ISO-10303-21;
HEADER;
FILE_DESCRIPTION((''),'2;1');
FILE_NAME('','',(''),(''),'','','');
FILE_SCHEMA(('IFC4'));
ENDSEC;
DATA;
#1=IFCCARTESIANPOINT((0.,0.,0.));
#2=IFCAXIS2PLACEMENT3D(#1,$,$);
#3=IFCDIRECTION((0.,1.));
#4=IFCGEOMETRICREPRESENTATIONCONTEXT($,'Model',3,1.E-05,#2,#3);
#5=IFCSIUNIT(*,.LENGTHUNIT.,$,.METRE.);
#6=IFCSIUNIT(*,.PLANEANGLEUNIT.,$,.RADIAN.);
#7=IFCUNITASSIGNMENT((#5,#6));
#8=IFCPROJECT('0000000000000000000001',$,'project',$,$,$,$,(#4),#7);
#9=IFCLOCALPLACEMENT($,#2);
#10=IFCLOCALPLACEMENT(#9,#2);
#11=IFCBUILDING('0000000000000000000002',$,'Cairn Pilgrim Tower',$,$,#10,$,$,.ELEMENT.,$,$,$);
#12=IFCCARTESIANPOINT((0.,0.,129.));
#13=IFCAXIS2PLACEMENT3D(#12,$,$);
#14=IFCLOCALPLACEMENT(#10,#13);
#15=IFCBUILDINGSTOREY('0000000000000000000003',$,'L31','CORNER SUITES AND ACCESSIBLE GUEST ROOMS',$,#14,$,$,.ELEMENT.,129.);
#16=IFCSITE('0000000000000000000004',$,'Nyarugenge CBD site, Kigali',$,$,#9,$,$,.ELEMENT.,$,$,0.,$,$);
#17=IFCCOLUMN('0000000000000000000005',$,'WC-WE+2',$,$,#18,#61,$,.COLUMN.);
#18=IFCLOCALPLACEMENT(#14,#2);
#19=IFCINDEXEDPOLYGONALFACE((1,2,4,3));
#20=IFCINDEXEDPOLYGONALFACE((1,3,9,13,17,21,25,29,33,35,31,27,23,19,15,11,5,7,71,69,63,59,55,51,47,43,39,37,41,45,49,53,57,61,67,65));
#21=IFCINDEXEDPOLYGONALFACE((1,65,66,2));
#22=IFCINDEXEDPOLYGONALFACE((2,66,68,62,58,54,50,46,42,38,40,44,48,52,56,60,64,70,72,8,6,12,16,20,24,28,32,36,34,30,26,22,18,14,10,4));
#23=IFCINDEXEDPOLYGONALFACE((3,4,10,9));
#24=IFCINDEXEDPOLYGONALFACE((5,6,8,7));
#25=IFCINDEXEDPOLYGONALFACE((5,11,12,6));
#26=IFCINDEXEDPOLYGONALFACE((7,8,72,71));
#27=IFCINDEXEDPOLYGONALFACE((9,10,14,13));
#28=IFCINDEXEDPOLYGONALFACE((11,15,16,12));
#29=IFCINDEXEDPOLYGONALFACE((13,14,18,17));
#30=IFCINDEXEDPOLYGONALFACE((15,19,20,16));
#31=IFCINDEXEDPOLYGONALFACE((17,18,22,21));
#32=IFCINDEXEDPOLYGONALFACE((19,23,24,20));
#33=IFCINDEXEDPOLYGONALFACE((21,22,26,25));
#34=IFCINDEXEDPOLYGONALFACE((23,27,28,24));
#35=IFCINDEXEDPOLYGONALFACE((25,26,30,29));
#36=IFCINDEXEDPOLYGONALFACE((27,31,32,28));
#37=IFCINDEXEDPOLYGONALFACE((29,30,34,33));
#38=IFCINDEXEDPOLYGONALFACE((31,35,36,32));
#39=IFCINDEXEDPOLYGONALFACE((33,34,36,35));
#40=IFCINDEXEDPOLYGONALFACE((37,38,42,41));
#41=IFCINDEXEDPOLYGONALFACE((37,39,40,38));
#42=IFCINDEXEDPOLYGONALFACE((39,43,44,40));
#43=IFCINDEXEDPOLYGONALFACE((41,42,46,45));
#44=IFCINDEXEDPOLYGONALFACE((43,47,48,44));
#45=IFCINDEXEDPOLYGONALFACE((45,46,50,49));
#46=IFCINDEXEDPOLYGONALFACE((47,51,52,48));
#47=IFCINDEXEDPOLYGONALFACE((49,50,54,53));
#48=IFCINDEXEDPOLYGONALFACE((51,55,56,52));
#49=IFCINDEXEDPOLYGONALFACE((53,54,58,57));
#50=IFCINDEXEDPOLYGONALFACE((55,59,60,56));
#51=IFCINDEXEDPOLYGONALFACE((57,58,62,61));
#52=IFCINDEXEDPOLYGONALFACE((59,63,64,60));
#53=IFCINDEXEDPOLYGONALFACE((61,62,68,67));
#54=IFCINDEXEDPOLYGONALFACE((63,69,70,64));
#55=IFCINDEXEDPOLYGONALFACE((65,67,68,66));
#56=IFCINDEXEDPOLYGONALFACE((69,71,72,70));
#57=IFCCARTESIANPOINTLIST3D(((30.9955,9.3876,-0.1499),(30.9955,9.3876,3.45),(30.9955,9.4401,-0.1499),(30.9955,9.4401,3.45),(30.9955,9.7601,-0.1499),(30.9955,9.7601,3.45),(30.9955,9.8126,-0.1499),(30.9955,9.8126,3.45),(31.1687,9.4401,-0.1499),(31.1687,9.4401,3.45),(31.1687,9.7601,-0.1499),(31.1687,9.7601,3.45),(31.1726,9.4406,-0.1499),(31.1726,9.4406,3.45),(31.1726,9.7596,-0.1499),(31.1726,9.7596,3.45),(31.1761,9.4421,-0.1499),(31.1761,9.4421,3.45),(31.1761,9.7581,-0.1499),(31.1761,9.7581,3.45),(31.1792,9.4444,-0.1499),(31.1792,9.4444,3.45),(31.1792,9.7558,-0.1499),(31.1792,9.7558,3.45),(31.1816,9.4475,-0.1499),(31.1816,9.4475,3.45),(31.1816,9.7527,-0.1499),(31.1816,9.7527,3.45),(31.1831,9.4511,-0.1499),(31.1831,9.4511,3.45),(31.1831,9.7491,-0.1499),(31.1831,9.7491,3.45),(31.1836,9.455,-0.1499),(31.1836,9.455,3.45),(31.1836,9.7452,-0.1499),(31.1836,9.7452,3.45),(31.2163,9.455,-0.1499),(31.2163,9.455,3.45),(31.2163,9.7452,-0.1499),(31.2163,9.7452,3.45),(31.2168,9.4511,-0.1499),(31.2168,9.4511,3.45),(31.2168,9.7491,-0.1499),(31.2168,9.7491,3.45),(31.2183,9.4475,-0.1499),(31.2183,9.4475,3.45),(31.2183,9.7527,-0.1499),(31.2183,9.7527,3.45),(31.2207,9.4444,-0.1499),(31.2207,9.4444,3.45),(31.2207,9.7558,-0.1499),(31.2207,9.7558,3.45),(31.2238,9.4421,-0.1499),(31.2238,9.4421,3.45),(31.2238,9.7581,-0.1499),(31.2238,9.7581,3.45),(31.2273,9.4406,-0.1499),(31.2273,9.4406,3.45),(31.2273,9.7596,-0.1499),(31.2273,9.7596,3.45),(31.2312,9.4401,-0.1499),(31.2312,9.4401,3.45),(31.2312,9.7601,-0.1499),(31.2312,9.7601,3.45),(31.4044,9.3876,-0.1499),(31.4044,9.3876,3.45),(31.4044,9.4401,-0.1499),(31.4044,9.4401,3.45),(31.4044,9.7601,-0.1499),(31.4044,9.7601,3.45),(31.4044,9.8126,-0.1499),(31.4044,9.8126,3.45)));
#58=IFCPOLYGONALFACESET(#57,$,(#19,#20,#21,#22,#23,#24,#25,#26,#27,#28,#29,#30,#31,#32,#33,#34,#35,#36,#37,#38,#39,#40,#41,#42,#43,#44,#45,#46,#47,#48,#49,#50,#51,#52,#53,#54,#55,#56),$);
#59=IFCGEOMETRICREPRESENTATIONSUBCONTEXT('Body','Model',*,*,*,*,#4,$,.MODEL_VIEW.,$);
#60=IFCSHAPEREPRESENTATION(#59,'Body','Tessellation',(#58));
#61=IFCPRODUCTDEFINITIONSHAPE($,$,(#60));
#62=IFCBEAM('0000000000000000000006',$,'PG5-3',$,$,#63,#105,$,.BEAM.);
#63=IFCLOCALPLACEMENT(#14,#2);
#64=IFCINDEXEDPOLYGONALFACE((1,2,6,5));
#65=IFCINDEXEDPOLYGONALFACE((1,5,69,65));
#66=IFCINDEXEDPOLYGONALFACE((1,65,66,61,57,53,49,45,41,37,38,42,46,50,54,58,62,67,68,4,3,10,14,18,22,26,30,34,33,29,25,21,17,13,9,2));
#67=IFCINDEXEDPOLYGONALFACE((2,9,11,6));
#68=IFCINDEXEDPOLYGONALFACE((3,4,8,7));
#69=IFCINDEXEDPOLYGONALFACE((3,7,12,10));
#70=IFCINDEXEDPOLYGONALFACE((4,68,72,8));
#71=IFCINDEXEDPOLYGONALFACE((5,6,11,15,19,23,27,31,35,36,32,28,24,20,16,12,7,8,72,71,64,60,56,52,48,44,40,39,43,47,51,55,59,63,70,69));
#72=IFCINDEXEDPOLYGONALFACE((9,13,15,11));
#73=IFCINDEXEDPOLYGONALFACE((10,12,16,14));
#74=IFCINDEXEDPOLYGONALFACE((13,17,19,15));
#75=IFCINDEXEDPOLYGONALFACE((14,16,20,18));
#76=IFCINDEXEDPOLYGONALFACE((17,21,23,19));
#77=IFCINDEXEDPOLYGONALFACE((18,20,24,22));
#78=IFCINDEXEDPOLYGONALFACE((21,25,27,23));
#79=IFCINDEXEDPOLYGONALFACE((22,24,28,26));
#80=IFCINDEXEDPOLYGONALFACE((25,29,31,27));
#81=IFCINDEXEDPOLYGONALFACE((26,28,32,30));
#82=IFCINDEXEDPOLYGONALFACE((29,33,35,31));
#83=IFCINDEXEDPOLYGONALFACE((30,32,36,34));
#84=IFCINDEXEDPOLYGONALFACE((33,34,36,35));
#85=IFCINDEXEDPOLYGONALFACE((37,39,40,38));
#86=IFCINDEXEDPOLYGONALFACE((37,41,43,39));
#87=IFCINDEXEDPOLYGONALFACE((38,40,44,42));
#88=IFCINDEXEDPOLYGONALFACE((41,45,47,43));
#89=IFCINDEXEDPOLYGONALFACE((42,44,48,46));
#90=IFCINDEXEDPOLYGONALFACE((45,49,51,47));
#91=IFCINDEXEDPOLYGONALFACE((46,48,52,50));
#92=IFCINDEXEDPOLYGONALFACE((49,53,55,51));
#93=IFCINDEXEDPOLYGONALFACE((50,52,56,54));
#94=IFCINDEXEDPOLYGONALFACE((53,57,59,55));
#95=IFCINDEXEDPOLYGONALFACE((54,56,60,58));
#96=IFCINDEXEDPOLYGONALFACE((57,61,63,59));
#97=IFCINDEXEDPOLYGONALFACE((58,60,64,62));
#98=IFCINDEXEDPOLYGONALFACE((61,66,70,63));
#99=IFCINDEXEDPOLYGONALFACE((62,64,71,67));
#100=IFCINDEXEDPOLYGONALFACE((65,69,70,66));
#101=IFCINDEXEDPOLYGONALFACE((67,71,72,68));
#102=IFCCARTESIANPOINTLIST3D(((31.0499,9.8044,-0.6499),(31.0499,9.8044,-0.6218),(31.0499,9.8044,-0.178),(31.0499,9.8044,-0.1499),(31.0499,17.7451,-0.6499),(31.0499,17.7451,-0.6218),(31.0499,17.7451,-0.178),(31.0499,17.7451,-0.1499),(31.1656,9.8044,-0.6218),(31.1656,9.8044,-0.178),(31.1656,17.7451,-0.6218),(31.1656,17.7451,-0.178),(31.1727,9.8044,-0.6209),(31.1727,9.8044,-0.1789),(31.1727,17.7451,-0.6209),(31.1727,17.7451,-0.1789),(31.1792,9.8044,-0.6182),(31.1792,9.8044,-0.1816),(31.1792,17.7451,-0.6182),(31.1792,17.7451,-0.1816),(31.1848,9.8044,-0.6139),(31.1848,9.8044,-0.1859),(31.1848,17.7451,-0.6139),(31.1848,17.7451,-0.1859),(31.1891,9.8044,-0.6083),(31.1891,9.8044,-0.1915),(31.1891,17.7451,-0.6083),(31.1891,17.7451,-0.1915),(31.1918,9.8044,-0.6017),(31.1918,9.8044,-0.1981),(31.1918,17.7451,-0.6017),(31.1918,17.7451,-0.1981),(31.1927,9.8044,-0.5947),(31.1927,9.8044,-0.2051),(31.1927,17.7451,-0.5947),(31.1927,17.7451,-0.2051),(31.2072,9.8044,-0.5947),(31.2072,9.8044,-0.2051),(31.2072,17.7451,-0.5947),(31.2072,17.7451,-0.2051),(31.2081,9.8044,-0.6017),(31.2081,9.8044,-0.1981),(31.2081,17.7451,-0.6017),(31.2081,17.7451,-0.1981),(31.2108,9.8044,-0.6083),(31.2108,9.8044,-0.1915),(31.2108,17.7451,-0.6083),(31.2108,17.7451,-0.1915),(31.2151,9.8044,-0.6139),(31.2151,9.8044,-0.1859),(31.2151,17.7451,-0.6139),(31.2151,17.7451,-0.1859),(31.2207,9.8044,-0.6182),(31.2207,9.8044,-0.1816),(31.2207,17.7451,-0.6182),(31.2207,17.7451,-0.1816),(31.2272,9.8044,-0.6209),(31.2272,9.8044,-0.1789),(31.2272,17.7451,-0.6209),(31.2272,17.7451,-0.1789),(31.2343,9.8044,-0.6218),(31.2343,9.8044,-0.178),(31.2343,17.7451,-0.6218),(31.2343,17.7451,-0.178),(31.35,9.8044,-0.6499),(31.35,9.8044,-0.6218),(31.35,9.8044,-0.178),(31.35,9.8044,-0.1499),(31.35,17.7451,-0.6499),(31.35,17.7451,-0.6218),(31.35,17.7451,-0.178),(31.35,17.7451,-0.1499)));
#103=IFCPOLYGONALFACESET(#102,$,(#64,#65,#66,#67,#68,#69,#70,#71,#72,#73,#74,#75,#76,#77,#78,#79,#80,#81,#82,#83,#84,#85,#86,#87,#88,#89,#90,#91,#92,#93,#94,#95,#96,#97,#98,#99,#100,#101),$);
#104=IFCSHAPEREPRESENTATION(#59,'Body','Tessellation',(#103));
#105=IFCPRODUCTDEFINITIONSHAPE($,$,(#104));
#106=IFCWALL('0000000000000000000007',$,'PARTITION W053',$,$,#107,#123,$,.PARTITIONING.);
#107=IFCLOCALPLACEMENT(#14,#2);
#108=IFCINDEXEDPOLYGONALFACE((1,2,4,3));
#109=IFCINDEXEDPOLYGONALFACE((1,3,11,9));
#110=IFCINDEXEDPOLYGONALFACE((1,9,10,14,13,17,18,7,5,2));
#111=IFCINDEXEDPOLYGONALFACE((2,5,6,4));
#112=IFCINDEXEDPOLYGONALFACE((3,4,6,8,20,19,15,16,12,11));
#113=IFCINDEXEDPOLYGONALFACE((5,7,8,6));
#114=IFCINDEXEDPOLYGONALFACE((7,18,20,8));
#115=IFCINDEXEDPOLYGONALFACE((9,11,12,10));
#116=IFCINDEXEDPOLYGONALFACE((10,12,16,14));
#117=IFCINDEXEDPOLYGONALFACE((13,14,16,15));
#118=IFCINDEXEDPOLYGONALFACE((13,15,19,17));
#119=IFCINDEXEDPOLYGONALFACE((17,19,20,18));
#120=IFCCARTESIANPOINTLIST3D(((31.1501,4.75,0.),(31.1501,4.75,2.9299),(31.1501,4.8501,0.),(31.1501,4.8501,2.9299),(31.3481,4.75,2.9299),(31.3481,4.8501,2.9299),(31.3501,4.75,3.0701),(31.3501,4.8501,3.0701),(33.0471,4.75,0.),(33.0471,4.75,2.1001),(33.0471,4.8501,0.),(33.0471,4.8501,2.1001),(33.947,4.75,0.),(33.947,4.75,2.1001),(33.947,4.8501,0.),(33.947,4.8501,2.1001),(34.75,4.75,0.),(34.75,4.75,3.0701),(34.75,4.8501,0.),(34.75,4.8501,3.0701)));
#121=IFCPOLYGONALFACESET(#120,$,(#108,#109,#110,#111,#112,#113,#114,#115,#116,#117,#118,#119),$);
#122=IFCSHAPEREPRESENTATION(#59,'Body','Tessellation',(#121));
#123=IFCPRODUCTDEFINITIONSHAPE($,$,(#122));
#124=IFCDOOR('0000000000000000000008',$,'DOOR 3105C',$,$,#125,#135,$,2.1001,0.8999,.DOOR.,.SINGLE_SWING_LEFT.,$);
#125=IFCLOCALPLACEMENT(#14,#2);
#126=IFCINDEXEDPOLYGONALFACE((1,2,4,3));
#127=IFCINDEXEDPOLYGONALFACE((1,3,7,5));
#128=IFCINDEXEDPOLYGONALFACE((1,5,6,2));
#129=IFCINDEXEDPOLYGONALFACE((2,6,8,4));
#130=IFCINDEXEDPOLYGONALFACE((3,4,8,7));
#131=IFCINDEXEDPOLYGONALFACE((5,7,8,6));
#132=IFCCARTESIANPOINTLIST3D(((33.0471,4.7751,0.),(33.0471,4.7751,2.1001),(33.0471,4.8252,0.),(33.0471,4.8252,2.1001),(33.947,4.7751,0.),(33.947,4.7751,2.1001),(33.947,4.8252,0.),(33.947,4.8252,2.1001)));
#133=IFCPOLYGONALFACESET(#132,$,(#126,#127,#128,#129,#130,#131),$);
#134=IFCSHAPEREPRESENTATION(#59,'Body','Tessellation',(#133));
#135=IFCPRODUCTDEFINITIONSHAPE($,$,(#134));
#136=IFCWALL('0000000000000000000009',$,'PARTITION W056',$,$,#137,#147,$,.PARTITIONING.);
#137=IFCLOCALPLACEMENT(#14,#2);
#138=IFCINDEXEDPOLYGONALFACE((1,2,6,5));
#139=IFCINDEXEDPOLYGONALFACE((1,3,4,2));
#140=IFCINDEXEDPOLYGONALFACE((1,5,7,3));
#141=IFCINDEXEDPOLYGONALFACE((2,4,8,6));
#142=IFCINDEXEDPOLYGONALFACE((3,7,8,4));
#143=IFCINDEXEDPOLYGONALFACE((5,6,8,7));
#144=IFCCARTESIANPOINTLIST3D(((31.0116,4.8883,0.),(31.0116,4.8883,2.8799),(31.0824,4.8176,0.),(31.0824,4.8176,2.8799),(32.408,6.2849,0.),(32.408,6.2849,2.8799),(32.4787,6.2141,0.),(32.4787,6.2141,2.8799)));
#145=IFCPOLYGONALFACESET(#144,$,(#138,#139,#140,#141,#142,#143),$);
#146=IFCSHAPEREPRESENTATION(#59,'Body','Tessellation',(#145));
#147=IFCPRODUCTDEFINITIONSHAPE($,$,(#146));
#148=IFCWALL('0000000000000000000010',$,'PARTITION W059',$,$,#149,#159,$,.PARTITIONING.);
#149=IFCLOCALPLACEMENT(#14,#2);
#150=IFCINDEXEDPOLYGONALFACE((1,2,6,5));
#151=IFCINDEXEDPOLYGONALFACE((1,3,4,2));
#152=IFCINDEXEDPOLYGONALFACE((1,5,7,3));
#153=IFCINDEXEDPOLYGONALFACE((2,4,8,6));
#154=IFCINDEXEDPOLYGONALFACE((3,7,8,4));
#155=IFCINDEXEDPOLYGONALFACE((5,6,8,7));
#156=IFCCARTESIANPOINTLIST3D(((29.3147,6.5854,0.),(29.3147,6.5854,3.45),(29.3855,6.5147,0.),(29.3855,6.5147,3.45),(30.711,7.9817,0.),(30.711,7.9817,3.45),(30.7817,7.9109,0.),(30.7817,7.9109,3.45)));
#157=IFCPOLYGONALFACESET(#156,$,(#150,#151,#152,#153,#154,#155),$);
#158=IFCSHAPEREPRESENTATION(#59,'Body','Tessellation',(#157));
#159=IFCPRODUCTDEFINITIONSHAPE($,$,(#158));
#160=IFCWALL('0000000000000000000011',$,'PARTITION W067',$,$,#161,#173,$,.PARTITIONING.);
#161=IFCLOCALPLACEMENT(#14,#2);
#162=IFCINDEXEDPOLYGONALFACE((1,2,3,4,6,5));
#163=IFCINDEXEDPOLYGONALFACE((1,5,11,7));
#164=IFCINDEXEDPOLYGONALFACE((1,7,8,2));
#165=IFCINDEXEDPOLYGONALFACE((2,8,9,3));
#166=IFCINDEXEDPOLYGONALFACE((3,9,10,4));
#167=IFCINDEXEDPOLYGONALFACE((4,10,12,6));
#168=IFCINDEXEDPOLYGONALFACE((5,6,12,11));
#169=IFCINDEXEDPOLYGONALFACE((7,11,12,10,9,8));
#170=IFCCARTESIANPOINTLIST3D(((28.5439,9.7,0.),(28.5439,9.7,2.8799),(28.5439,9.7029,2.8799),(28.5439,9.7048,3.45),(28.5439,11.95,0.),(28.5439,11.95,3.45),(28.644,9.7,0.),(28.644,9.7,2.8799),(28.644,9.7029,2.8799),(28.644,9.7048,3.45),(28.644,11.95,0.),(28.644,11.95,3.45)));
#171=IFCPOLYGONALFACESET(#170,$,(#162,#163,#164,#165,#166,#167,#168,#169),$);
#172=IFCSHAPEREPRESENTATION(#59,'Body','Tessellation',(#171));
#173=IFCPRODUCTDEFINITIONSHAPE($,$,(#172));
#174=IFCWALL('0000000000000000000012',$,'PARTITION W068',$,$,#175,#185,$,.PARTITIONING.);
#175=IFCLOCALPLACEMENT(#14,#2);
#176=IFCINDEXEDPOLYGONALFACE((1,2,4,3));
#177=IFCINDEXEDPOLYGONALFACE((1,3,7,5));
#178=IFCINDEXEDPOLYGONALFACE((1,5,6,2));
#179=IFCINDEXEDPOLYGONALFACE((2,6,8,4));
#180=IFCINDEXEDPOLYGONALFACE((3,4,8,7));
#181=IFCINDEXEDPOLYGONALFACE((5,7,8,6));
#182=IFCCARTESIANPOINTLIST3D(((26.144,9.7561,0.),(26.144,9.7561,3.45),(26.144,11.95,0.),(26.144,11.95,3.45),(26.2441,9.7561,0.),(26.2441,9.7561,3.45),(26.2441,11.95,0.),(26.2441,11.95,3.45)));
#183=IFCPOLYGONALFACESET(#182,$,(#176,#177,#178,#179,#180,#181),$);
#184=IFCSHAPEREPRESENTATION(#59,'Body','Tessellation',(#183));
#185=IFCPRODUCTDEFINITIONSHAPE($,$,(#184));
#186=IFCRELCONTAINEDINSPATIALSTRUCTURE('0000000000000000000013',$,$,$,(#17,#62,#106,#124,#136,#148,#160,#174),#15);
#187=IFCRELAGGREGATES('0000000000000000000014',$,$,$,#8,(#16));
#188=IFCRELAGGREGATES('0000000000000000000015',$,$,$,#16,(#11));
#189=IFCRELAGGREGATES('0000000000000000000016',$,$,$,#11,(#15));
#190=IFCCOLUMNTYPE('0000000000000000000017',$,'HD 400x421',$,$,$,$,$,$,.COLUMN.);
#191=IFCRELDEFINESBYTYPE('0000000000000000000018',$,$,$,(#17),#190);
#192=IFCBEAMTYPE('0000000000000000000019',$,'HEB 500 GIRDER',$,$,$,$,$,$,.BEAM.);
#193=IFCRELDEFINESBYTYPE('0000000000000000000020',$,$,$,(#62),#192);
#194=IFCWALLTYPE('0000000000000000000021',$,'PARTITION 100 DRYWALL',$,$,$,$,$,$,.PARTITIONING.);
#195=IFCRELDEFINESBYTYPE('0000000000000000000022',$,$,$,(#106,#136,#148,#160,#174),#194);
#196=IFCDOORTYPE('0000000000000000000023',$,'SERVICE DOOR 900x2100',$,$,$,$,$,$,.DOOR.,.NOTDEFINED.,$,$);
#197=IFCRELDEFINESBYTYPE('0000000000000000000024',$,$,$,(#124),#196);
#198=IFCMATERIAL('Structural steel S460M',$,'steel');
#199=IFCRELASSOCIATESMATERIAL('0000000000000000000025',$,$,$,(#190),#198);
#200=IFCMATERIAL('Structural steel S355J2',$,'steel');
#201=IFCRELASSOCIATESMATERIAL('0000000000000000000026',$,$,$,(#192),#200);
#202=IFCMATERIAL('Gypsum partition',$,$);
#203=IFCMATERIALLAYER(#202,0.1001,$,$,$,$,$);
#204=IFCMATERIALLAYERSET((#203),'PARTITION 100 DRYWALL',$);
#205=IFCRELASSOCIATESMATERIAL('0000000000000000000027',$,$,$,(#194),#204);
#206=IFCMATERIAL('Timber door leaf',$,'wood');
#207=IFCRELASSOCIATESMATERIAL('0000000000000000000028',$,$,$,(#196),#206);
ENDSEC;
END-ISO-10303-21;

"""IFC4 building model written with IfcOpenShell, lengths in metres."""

from ifc_helpers import new_model, si_unit, direction, frame, frame_2d, origin, origin_2d, place, context, subcontext, project, spatial, polyline, rectangle, i_section, outline, extrude, material, layer, layer_set, material_profile, profile_set, type_object, element, fill, save


model = new_model("IFC4")

# Units and contexts
model_context = context("Model", 3, precision=1e-05, world=origin(), true_north=direction((0.0, 1.0)))
body_context = subcontext(model_context, "Body", "Model", "MODEL_VIEW")
ifc_project = project(units=[si_unit("LENGTHUNIT", "METRE"), si_unit("PLANEANGLEUNIT", "RADIAN")], contexts=[model_context])

# Site, building, storey
site_placement = place(None, origin())
site = spatial("IfcSite", under=ifc_project, at=site_placement, Name="Nyarugenge CBD site, Kigali", CompositionType="ELEMENT", RefElevation=0.0)
building_placement = place(site_placement, origin())
building = spatial("IfcBuilding", under=site, at=building_placement, Name="Cairn Pilgrim Tower", CompositionType="ELEMENT")
storey_placement = place(building_placement, frame((0.0, 0.0, 129.0)))
storey = spatial("IfcBuildingStorey", under=building, at=storey_placement, Name="L31", Description="CORNER SUITES AND ACCESSIBLE GUEST ROOMS", CompositionType="ELEMENT", Elevation=129.0)

# Column
ifc_material_1 = material(Name="Structural steel S460M", Category="steel")
ifc_material_profile_1 = material_profile(ifc_material_1, i_section(OverallWidth=0.4089, OverallDepth=0.425, WebThickness=0.0327, FlangeThickness=0.0525, FilletRadius=0.0149, at=origin_2d()), Name="HD 400x421")
ifc_profile_set_1 = profile_set([ifc_material_profile_1], Name="Structural steel S460M")
column_type = type_object("IfcColumnType", Name="HD 400x421", PredefinedType="COLUMN", material=ifc_profile_set_1)
column_placement = place(storey_placement, frame((31.2, 9.6001, -0.1499), z_axis=(0.0, 0.0, 1.0), x_axis=(1.0, 0.0, 0.0)))
element("IfcColumn", 1, at=column_placement, inside=storey, type_object=column_type, Name="WC-WE+2", PredefinedType="COLUMN", context=body_context, shape_type="SweptSolid", body=[
    extrude(i_section(OverallWidth=0.4089, OverallDepth=0.425, WebThickness=0.0327, FlangeThickness=0.0525, FilletRadius=0.0149, at=origin_2d()), origin(), (0.0, 0.0, 1.0), 3.5999),
])

# Beam
ifc_material_2 = material(Name="Structural steel S355J2", Category="steel")
ifc_material_profile_2 = material_profile(ifc_material_2, i_section(OverallWidth=0.3, OverallDepth=0.5, WebThickness=0.0144, FlangeThickness=0.0281, FilletRadius=0.0271, at=origin_2d()), Name="HEB 500")
ifc_profile_set_2 = profile_set([ifc_material_profile_2], Name="Structural steel S355J2")
beam_type = type_object("IfcBeamType", Name="HEB 500 GIRDER", PredefinedType="BEAM", material=ifc_profile_set_2)
beam_placement = place(storey_placement, frame((31.2, 9.8044, -0.3999), z_axis=(0.0, 1.0, 0.0), x_axis=(-1.0, 0.0, 0.0)))
element("IfcBeam", 2, at=beam_placement, inside=storey, type_object=beam_type, Name="PG5-3", PredefinedType="BEAM", context=body_context, shape_type="SweptSolid", body=[
    extrude(i_section(OverallWidth=0.3, OverallDepth=0.5, WebThickness=0.0144, FlangeThickness=0.0281, FilletRadius=0.0271, at=origin_2d()), origin(), (0.0, 0.0, 1.0), 7.9407),
])

# Wall, opening, door
ifc_material_3 = material(Name="Gypsum partition")
ifc_layer_1 = layer(ifc_material_3, 0.1001)
ifc_layer_set_1 = layer_set([ifc_layer_1], Name="PARTITION 100 DRYWALL")
wall_type_1 = type_object("IfcWallType", Name="PARTITION 100 DRYWALL", PredefinedType="PARTITIONING", material=ifc_layer_set_1)
wall_1_placement = place(storey_placement, frame((31.1501, 4.8, 0.0), z_axis=(0.0, 0.0, 1.0), x_axis=(1.0, 0.0, 0.0)))
wall_1 = element("IfcWall", 3, at=wall_1_placement, inside=storey, type_object=wall_type_1, Name="PARTITION W053", PredefinedType="PARTITIONING", context=body_context, shape_type="SweptSolid", body=[
    extrude(outline(polyline([(0.0, 0.0), (3.5999, 0.0), (3.5999, 3.0701), (0.2, 3.0701), (0.198, 2.9299), (0.0, 2.9299), (0.0, 0.0)])), frame((0.0, 0.05, 0.0), z_axis=(0.0, -1.0, 0.0), x_axis=(1.0, 0.0, 0.0)), (0.0, 0.0, 1.0), 0.1001),
])
opening_1_placement = place(wall_1_placement, frame((1.897, 0.0, 0.0)))
opening_1 = element("IfcOpeningElement", 4, at=opening_1_placement, cuts=wall_1, PredefinedType="OPENING", context=body_context, shape_type="SweptSolid", body=[
    extrude(rectangle(XDim=0.8999, YDim=2.1001, at=frame_2d((0.45, 1.05))), frame((0.0, 0.0601, 0.0), z_axis=(0.0, -1.0, 0.0), x_axis=(1.0, 0.0, 0.0)), (0.0, 0.0, 1.0), 0.1201),
])
ifc_material_4 = material(Name="Timber door leaf", Category="wood")
door_type_1 = type_object("IfcDoorType", Name="SERVICE DOOR 900x2100", OperationType="NOTDEFINED", PredefinedType="DOOR", material=ifc_material_4)
door_1_placement = place(opening_1_placement, frame((0.8999, 0.0, 0.0), z_axis=(0.0, 0.0, 1.0), x_axis=(-1.0, 0.0, 0.0)))
door_1 = element("IfcDoor", 5, at=door_1_placement, inside=storey, type_object=door_type_1, Name="DOOR 3105C", OperationType="SINGLE_SWING_LEFT", OverallHeight=2.1001, OverallWidth=0.8999, PredefinedType="DOOR", context=body_context, shape_type="SweptSolid", body=[
    extrude(rectangle(XDim=0.8999, YDim=2.1001, at=frame_2d((0.45, 1.05))), frame((0.0, 0.0249, 0.0), z_axis=(0.0, -1.0, 0.0), x_axis=(1.0, 0.0, 0.0)), (0.0, 0.0, 1.0), 0.05),
])
fill(opening_1, door_1)

# Walls
wall_2_placement = place(storey_placement, frame((31.0471, 4.853, 0.0), z_axis=(0.0, 0.0, 1.0), x_axis=(0.707045, 0.707169, 0.0)))
element("IfcWall", 6, at=wall_2_placement, inside=storey, type_object=wall_type_1, Name="PARTITION W056", PredefinedType="PARTITIONING", context=body_context, shape_type="SweptSolid", body=[
    extrude(rectangle(XDim=1.9749, YDim=0.1001, at=frame_2d((0.9873, 0.0))), origin(), (0.0, 0.0, 1.0), 2.8799),
])
wall_3_placement = place(storey_placement, frame((29.3501, 6.55, 0.0), z_axis=(0.0, 0.0, 1.0), x_axis=(0.707107, 0.707107, 0.0)))
element("IfcWall", 7, at=wall_3_placement, inside=storey, type_object=wall_type_1, Name="PARTITION W059", PredefinedType="PARTITIONING", context=body_context, shape_type="SweptSolid", body=[
    extrude(rectangle(XDim=1.9746, YDim=0.1001, at=frame_2d((0.9873, 0.0))), origin(), (0.0, 0.0, 1.0), 3.45),
])
wall_4_placement = place(storey_placement, frame((28.594, 9.7, 0.0), z_axis=(0.0, 0.0, 1.0), x_axis=(0.0, 1.0, 0.0)))
element("IfcWall", 8, at=wall_4_placement, inside=storey, type_object=wall_type_1, Name="PARTITION W067", PredefinedType="PARTITIONING", context=body_context, shape_type="SweptSolid", body=[
    extrude(outline(polyline([(0.0, 0.0), (2.25, 0.0), (2.25, 3.45), (0.0049, 3.45), (0.0029, 2.8799), (0.0, 2.8799), (0.0, 0.0)])), frame((0.0, 0.05, 0.0), z_axis=(0.0, -1.0, 0.0), x_axis=(1.0, 0.0, 0.0)), (0.0, 0.0, 1.0), 0.1001),
])
wall_5_placement = place(storey_placement, frame((26.1941, 9.7561, 0.0), z_axis=(0.0, 0.0, 1.0), x_axis=(0.0, 1.0, 0.0)))
element("IfcWall", 9, at=wall_5_placement, inside=storey, type_object=wall_type_1, Name="PARTITION W068", PredefinedType="PARTITIONING", context=body_context, shape_type="SweptSolid", body=[
    extrude(rectangle(XDim=2.1938, YDim=0.1001, at=frame_2d((1.0969, 0.0))), origin(), (0.0, 0.0, 1.0), 3.45),
])

save(model, "model.ifc")
